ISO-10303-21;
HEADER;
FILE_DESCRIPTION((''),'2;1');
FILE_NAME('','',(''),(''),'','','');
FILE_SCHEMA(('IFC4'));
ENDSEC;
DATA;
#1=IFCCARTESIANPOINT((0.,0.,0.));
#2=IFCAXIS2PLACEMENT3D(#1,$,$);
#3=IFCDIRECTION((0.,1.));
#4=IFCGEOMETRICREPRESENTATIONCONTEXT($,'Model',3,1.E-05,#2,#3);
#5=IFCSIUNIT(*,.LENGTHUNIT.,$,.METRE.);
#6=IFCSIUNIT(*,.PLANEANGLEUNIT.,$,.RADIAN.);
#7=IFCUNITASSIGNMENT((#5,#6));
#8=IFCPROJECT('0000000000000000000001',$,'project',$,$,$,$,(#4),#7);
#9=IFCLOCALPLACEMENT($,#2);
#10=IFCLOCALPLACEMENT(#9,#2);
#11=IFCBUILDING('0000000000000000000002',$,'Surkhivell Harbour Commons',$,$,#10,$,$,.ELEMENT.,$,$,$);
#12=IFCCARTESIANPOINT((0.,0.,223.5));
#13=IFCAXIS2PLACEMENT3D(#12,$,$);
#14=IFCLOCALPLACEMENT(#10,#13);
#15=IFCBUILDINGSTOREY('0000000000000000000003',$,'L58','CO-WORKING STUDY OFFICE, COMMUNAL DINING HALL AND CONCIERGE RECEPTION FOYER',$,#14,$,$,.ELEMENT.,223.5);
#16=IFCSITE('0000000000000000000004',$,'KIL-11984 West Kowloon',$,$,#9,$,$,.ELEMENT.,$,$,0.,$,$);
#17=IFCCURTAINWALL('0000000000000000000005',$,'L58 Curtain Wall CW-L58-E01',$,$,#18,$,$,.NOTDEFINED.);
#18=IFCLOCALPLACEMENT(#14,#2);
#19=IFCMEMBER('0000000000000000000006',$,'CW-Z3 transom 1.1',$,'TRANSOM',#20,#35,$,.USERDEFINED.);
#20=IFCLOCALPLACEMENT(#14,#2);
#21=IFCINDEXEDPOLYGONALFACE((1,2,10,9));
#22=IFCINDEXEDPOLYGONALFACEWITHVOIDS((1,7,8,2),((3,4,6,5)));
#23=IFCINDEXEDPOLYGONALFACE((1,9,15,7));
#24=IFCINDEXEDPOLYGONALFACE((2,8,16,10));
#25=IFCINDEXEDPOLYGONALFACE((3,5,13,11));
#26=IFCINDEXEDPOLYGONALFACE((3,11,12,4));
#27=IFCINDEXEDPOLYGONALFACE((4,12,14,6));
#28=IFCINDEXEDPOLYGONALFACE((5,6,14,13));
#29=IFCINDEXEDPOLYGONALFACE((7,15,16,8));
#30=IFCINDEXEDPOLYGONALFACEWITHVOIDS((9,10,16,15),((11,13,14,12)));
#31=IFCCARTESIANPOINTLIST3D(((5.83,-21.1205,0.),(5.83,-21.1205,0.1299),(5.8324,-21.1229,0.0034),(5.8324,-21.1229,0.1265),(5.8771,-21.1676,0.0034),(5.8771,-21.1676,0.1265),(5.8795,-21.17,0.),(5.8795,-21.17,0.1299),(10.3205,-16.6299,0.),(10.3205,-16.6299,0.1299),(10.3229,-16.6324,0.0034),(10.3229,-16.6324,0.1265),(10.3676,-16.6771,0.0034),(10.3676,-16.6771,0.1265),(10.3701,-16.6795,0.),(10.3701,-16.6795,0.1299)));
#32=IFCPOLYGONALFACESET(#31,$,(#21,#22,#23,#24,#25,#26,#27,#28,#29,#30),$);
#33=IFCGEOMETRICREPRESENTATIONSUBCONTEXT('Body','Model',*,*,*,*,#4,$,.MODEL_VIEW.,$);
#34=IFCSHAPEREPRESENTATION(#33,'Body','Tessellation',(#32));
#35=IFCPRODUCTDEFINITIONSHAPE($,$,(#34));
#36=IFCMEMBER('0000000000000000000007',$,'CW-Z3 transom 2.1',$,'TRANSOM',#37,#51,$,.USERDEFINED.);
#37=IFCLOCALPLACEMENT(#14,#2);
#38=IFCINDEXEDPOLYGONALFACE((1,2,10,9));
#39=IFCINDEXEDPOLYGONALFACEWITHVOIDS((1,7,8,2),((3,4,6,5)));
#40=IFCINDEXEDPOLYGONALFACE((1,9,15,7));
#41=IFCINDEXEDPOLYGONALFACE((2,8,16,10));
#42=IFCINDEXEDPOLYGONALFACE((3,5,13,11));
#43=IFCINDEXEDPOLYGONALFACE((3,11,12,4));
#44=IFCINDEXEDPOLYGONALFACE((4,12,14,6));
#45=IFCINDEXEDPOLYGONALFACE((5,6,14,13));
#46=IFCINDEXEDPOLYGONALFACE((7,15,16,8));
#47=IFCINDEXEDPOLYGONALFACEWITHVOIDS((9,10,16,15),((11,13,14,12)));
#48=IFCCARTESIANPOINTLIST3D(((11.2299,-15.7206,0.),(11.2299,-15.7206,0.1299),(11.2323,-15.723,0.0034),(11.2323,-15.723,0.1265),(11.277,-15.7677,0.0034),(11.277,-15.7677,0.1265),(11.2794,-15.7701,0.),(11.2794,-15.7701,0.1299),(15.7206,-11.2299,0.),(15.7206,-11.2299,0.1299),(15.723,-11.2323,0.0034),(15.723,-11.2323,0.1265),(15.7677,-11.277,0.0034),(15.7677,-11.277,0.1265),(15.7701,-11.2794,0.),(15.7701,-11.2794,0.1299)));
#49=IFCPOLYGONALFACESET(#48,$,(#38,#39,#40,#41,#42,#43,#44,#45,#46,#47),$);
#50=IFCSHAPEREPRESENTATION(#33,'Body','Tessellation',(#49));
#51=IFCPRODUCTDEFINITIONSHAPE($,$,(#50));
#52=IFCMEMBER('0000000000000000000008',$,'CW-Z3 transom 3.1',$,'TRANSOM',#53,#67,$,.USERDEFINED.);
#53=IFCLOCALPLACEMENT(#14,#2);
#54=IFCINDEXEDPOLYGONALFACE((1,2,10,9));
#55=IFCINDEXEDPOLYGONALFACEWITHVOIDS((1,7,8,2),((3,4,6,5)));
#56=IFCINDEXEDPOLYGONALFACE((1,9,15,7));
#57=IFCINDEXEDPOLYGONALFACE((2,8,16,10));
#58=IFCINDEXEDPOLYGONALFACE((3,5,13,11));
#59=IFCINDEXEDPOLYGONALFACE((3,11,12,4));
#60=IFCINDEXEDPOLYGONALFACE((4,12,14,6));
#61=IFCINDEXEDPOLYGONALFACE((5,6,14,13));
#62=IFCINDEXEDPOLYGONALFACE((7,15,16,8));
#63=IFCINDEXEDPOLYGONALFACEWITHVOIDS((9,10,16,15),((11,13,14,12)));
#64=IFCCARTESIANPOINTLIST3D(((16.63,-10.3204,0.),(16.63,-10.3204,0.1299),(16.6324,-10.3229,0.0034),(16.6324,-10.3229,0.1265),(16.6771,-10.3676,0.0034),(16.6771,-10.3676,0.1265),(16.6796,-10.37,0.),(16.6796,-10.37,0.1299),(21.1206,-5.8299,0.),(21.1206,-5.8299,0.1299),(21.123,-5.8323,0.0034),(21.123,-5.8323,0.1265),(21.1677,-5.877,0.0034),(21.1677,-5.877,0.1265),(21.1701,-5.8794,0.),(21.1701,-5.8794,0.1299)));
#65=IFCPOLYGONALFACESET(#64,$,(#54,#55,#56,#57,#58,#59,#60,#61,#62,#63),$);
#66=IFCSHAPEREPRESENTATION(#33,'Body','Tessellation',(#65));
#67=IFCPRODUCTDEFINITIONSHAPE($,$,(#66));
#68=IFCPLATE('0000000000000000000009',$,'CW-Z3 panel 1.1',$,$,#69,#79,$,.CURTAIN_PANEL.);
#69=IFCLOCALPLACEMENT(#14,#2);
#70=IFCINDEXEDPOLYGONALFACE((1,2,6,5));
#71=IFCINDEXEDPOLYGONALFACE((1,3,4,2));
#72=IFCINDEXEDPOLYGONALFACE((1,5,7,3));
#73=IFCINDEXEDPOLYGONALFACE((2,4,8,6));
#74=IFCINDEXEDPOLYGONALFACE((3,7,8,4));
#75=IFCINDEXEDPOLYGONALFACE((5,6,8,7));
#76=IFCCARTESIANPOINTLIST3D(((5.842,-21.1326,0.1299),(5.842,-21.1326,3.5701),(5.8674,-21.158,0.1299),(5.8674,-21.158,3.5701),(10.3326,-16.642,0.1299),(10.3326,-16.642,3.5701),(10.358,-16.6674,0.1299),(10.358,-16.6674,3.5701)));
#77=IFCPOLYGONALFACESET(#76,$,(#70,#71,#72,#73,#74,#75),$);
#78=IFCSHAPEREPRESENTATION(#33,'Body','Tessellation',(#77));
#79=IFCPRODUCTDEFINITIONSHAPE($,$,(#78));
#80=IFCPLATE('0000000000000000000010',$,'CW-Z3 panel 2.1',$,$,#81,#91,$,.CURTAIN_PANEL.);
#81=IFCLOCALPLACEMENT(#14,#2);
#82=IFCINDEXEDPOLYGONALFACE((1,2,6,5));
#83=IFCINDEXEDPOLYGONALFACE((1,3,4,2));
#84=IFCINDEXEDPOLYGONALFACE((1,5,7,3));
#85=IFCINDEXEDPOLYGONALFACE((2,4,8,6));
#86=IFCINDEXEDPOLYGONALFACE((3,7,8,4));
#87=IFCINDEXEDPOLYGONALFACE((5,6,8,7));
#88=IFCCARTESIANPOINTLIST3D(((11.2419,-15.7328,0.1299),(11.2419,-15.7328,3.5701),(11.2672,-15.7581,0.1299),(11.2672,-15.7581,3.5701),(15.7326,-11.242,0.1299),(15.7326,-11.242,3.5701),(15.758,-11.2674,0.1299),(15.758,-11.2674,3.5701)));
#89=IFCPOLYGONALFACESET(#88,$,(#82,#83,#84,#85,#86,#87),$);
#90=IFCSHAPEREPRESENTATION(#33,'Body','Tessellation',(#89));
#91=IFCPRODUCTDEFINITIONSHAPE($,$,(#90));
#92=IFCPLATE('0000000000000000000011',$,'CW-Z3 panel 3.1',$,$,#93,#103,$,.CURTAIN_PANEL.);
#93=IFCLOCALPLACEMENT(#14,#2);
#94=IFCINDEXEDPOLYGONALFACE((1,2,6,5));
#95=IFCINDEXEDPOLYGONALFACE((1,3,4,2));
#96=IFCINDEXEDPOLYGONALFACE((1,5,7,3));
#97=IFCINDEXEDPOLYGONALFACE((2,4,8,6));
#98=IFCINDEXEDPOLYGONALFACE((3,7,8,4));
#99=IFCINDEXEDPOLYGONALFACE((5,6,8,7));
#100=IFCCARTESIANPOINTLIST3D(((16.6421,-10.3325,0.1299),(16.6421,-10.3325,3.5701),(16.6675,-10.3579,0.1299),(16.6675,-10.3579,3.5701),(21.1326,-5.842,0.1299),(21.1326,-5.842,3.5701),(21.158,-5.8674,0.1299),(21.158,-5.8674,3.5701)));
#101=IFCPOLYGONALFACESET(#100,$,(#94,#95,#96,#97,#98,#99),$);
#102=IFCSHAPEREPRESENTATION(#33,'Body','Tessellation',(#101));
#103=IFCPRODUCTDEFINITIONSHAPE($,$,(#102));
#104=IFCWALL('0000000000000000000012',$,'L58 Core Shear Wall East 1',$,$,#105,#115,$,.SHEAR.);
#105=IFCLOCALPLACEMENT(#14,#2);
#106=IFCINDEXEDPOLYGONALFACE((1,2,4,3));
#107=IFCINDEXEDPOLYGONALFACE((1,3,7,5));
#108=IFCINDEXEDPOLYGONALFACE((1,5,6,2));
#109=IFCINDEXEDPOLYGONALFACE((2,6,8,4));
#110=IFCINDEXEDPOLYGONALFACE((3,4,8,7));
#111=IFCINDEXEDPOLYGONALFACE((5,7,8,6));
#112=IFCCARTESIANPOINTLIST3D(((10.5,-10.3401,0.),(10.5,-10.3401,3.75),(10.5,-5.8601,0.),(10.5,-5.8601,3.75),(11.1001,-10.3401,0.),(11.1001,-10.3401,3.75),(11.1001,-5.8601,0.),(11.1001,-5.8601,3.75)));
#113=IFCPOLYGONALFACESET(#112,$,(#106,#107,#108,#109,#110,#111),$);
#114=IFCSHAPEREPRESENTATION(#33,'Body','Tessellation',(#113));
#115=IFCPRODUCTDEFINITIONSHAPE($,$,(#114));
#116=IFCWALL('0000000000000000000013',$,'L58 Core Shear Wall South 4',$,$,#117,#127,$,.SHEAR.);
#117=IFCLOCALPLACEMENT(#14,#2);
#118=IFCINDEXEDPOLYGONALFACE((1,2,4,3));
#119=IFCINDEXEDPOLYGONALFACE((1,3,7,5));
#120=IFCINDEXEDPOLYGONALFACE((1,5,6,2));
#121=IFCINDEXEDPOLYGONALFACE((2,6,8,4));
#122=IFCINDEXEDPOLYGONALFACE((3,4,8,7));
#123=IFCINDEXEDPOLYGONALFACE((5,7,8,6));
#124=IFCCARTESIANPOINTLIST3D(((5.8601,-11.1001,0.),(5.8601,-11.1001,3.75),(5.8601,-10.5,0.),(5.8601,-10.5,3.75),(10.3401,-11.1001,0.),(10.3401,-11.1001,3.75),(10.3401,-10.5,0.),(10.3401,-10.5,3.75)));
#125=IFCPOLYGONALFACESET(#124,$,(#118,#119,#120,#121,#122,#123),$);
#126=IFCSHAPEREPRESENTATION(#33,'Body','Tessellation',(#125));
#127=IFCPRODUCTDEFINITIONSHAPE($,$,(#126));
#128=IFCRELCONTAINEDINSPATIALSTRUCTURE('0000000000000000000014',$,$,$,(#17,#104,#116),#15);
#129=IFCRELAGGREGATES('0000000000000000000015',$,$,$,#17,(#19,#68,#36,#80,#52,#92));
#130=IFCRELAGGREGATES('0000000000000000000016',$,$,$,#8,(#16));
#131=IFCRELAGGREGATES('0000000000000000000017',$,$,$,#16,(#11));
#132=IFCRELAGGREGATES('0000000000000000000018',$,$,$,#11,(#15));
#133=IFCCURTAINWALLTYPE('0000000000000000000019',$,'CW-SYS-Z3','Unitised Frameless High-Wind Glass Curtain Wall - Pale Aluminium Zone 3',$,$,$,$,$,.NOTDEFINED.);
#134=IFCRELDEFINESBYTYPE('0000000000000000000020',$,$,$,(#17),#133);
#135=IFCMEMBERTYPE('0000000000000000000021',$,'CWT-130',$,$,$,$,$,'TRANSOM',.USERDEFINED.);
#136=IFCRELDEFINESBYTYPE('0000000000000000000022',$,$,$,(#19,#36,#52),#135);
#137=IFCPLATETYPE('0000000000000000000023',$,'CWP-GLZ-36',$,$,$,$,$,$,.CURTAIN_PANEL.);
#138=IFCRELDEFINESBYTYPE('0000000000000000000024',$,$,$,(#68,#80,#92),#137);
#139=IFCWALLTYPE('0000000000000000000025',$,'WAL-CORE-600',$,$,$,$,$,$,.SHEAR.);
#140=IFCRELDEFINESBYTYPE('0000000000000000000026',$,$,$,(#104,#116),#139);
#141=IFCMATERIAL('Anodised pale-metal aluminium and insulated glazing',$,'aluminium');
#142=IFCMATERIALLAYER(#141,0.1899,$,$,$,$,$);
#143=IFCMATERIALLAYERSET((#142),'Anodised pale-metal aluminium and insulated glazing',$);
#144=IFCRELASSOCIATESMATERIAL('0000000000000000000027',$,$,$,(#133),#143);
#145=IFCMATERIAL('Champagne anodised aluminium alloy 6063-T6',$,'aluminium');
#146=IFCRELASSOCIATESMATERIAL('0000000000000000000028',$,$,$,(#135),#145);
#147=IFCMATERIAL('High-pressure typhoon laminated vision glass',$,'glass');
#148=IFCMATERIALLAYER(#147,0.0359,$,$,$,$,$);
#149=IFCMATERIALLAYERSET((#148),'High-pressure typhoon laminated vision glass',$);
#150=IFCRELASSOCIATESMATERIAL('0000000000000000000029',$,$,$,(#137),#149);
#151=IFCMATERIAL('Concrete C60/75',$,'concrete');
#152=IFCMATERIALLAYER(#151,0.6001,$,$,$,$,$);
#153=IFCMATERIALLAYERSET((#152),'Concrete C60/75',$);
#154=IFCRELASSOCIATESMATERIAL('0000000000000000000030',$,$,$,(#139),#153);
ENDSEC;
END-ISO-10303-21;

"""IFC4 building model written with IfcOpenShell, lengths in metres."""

from ifc_helpers import new_model, si_unit, direction, frame, frame_2d, origin, origin_2d, place, context, subcontext, project, spatial, rectangle, hollow_rectangle, extrude, material, layer, layer_set, material_profile, profile_set, type_object, element, aggregate, save


model = new_model("IFC4")

# Units and contexts
model_context = context("Model", 3, precision=1e-05, world=origin(), true_north=direction((0.0, 1.0)))
body_context = subcontext(model_context, "Body", "Model", "MODEL_VIEW")
ifc_project = project(units=[si_unit("LENGTHUNIT", "METRE"), si_unit("PLANEANGLEUNIT", "RADIAN")], contexts=[model_context])

# Site, building, storey
site_placement = place(None, origin())
site = spatial("IfcSite", under=ifc_project, at=site_placement, Name="KIL-11984 West Kowloon", CompositionType="ELEMENT", RefElevation=0.0)
building_placement = place(site_placement, origin())
building = spatial("IfcBuilding", under=site, at=building_placement, Name="Surkhivell Harbour Commons", CompositionType="ELEMENT")
storey_placement = place(building_placement, frame((0.0, 0.0, 223.5)))
storey = spatial("IfcBuildingStorey", under=building, at=storey_placement, Name="L58", Description="CO-WORKING STUDY OFFICE, COMMUNAL DINING HALL AND CONCIERGE RECEPTION FOYER", CompositionType="ELEMENT", Elevation=223.5)

# Shared definitions
ifc_material_1 = material(Name="Concrete C60/75", Category="concrete")

# Curtain wall, members, plates
ifc_material_2 = material(Name="Anodised pale-metal aluminium and insulated glazing", Category="aluminium")
ifc_layer_1 = layer(ifc_material_2, 0.1899)
ifc_layer_set_1 = layer_set([ifc_layer_1], Name="Anodised pale-metal aluminium and insulated glazing")
curtain_wall_type = type_object("IfcCurtainWallType", Name="CW-SYS-Z3", Description="Unitised Frameless High-Wind Glass Curtain Wall - Pale Aluminium Zone 3", PredefinedType="NOTDEFINED", material=ifc_layer_set_1)
curtain_wall_placement = place(storey_placement, origin())
curtain_wall = element("IfcCurtainWall", 1, at=curtain_wall_placement, inside=storey, type_object=curtain_wall_type, Name="L58 Curtain Wall CW-L58-E01", PredefinedType="NOTDEFINED")
ifc_material_3 = material(Name="Champagne anodised aluminium alloy 6063-T6", Category="aluminium")
ifc_material_profile_1 = material_profile(ifc_material_3, hollow_rectangle(XDim=0.0701, YDim=0.1299, WallThickness=0.0034, at=origin_2d()), Name="ALU-TRAN-70x130")
ifc_profile_set_1 = profile_set([ifc_material_profile_1], Name="Champagne anodised aluminium alloy 6063-T6")
member_type_1 = type_object("IfcMemberType", Name="CWT-130", ElementType="TRANSOM", PredefinedType="USERDEFINED", material=ifc_profile_set_1)
member_1_placement = place(storey_placement, frame((5.8547, -21.1453, 0.0649), z_axis=(0.707107, 0.707107, 0.0), x_axis=(-0.707107, 0.707107, 0.0)))
member_1 = element("IfcMember", 2, at=member_1_placement, type_object=member_type_1, Name="CW-Z3 transom 1.1", ObjectType="TRANSOM", PredefinedType="USERDEFINED", context=body_context, shape_type="SweptSolid", body=[
    extrude(hollow_rectangle(XDim=0.0701, YDim=0.1299, WallThickness=0.0034, at=origin_2d()), origin(), (0.0, 0.0, 1.0), 6.3506),
])
member_2_placement = place(storey_placement, frame((11.2546, -15.7454, 0.0649), z_axis=(0.707107, 0.707107, 0.0), x_axis=(-0.707107, 0.707107, 0.0)))
member_2 = element("IfcMember", 3, at=member_2_placement, type_object=member_type_1, Name="CW-Z3 transom 2.1", ObjectType="TRANSOM", PredefinedType="USERDEFINED", context=body_context, shape_type="SweptSolid", body=[
    extrude(hollow_rectangle(XDim=0.0701, YDim=0.1299, WallThickness=0.0034, at=origin_2d()), origin(), (0.0, 0.0, 1.0), 6.3508),
])
member_3_placement = place(storey_placement, frame((16.6548, -10.3452, 0.0649), z_axis=(0.707107, 0.707107, 0.0), x_axis=(-0.707107, 0.707107, 0.0)))
member_3 = element("IfcMember", 4, at=member_3_placement, type_object=member_type_1, Name="CW-Z3 transom 3.1", ObjectType="TRANSOM", PredefinedType="USERDEFINED", context=body_context, shape_type="SweptSolid", body=[
    extrude(hollow_rectangle(XDim=0.0701, YDim=0.1299, WallThickness=0.0034, at=origin_2d()), origin(), (0.0, 0.0, 1.0), 6.3506),
])
ifc_material_4 = material(Name="High-pressure typhoon laminated vision glass", Category="glass")
ifc_layer_2 = layer(ifc_material_4, 0.0359)
ifc_layer_set_2 = layer_set([ifc_layer_2], Name="High-pressure typhoon laminated vision glass")
plate_type = type_object("IfcPlateType", Name="CWP-GLZ-36", PredefinedType="CURTAIN_PANEL", material=ifc_layer_set_2)
plate_1_placement = place(storey_placement, frame((5.8547, -21.1453, 0.1299), z_axis=(0.0, 0.0, 1.0), x_axis=(0.707107, 0.707107, 0.0)))
plate_1 = element("IfcPlate", 5, at=plate_1_placement, type_object=plate_type, Name="CW-Z3 panel 1.1", PredefinedType="CURTAIN_PANEL", context=body_context, shape_type="SweptSolid", body=[
    extrude(rectangle(XDim=6.3506, YDim=0.0359, at=frame_2d((3.1753, 0.0))), origin(), (0.0, 0.0, 1.0), 3.4402),
])
plate_2_placement = place(storey_placement, frame((11.2546, -15.7454, 0.1299), z_axis=(0.0, 0.0, 1.0), x_axis=(0.707107, 0.707107, 0.0)))
plate_2 = element("IfcPlate", 6, at=plate_2_placement, type_object=plate_type, Name="CW-Z3 panel 2.1", PredefinedType="CURTAIN_PANEL", context=body_context, shape_type="SweptSolid", body=[
    extrude(rectangle(XDim=6.3508, YDim=0.0359, at=frame_2d((3.1753, 0.0))), origin(), (0.0, 0.0, 1.0), 3.4402),
])
plate_3_placement = place(storey_placement, frame((16.6548, -10.3452, 0.1299), z_axis=(0.0, 0.0, 1.0), x_axis=(0.707107, 0.707107, 0.0)))
plate_3 = element("IfcPlate", 7, at=plate_3_placement, type_object=plate_type, Name="CW-Z3 panel 3.1", PredefinedType="CURTAIN_PANEL", context=body_context, shape_type="SweptSolid", body=[
    extrude(rectangle(XDim=6.3506, YDim=0.0359, at=frame_2d((3.1753, 0.0))), origin(), (0.0, 0.0, 1.0), 3.4402),
])
aggregate(curtain_wall, [member_1, plate_1, member_2, plate_2, member_3, plate_3])

# Walls
ifc_layer_3 = layer(ifc_material_1, 0.6001)
ifc_layer_set_3 = layer_set([ifc_layer_3], Name="Concrete C60/75")
wall_type_1 = type_object("IfcWallType", Name="WAL-CORE-600", PredefinedType="SHEAR", material=ifc_layer_set_3)
for number, where, z_axis, x_axis, name in (
    (8, (10.8, -10.3401, 0.0), (0.0, 0.0, 1.0), (0.0, 1.0, 0.0), "L58 Core Shear Wall East 1"),
    (9, (5.8601, -10.8, 0.0), (0.0, 0.0, 1.0), (1.0, 0.0, 0.0), "L58 Core Shear Wall South 4"),
):
    element("IfcWall", number, at=place(storey_placement, frame(where, z_axis=z_axis, x_axis=x_axis)), inside=storey, type_object=wall_type_1, Name=name, PredefinedType="SHEAR", context=body_context, shape_type="SweptSolid", body=[
        extrude(rectangle(XDim=4.48, YDim=0.6001, at=frame_2d((2.24, 0.0))), origin(), (0.0, 0.0, 1.0), 3.75),
    ])

save(model, "model.ifc")
